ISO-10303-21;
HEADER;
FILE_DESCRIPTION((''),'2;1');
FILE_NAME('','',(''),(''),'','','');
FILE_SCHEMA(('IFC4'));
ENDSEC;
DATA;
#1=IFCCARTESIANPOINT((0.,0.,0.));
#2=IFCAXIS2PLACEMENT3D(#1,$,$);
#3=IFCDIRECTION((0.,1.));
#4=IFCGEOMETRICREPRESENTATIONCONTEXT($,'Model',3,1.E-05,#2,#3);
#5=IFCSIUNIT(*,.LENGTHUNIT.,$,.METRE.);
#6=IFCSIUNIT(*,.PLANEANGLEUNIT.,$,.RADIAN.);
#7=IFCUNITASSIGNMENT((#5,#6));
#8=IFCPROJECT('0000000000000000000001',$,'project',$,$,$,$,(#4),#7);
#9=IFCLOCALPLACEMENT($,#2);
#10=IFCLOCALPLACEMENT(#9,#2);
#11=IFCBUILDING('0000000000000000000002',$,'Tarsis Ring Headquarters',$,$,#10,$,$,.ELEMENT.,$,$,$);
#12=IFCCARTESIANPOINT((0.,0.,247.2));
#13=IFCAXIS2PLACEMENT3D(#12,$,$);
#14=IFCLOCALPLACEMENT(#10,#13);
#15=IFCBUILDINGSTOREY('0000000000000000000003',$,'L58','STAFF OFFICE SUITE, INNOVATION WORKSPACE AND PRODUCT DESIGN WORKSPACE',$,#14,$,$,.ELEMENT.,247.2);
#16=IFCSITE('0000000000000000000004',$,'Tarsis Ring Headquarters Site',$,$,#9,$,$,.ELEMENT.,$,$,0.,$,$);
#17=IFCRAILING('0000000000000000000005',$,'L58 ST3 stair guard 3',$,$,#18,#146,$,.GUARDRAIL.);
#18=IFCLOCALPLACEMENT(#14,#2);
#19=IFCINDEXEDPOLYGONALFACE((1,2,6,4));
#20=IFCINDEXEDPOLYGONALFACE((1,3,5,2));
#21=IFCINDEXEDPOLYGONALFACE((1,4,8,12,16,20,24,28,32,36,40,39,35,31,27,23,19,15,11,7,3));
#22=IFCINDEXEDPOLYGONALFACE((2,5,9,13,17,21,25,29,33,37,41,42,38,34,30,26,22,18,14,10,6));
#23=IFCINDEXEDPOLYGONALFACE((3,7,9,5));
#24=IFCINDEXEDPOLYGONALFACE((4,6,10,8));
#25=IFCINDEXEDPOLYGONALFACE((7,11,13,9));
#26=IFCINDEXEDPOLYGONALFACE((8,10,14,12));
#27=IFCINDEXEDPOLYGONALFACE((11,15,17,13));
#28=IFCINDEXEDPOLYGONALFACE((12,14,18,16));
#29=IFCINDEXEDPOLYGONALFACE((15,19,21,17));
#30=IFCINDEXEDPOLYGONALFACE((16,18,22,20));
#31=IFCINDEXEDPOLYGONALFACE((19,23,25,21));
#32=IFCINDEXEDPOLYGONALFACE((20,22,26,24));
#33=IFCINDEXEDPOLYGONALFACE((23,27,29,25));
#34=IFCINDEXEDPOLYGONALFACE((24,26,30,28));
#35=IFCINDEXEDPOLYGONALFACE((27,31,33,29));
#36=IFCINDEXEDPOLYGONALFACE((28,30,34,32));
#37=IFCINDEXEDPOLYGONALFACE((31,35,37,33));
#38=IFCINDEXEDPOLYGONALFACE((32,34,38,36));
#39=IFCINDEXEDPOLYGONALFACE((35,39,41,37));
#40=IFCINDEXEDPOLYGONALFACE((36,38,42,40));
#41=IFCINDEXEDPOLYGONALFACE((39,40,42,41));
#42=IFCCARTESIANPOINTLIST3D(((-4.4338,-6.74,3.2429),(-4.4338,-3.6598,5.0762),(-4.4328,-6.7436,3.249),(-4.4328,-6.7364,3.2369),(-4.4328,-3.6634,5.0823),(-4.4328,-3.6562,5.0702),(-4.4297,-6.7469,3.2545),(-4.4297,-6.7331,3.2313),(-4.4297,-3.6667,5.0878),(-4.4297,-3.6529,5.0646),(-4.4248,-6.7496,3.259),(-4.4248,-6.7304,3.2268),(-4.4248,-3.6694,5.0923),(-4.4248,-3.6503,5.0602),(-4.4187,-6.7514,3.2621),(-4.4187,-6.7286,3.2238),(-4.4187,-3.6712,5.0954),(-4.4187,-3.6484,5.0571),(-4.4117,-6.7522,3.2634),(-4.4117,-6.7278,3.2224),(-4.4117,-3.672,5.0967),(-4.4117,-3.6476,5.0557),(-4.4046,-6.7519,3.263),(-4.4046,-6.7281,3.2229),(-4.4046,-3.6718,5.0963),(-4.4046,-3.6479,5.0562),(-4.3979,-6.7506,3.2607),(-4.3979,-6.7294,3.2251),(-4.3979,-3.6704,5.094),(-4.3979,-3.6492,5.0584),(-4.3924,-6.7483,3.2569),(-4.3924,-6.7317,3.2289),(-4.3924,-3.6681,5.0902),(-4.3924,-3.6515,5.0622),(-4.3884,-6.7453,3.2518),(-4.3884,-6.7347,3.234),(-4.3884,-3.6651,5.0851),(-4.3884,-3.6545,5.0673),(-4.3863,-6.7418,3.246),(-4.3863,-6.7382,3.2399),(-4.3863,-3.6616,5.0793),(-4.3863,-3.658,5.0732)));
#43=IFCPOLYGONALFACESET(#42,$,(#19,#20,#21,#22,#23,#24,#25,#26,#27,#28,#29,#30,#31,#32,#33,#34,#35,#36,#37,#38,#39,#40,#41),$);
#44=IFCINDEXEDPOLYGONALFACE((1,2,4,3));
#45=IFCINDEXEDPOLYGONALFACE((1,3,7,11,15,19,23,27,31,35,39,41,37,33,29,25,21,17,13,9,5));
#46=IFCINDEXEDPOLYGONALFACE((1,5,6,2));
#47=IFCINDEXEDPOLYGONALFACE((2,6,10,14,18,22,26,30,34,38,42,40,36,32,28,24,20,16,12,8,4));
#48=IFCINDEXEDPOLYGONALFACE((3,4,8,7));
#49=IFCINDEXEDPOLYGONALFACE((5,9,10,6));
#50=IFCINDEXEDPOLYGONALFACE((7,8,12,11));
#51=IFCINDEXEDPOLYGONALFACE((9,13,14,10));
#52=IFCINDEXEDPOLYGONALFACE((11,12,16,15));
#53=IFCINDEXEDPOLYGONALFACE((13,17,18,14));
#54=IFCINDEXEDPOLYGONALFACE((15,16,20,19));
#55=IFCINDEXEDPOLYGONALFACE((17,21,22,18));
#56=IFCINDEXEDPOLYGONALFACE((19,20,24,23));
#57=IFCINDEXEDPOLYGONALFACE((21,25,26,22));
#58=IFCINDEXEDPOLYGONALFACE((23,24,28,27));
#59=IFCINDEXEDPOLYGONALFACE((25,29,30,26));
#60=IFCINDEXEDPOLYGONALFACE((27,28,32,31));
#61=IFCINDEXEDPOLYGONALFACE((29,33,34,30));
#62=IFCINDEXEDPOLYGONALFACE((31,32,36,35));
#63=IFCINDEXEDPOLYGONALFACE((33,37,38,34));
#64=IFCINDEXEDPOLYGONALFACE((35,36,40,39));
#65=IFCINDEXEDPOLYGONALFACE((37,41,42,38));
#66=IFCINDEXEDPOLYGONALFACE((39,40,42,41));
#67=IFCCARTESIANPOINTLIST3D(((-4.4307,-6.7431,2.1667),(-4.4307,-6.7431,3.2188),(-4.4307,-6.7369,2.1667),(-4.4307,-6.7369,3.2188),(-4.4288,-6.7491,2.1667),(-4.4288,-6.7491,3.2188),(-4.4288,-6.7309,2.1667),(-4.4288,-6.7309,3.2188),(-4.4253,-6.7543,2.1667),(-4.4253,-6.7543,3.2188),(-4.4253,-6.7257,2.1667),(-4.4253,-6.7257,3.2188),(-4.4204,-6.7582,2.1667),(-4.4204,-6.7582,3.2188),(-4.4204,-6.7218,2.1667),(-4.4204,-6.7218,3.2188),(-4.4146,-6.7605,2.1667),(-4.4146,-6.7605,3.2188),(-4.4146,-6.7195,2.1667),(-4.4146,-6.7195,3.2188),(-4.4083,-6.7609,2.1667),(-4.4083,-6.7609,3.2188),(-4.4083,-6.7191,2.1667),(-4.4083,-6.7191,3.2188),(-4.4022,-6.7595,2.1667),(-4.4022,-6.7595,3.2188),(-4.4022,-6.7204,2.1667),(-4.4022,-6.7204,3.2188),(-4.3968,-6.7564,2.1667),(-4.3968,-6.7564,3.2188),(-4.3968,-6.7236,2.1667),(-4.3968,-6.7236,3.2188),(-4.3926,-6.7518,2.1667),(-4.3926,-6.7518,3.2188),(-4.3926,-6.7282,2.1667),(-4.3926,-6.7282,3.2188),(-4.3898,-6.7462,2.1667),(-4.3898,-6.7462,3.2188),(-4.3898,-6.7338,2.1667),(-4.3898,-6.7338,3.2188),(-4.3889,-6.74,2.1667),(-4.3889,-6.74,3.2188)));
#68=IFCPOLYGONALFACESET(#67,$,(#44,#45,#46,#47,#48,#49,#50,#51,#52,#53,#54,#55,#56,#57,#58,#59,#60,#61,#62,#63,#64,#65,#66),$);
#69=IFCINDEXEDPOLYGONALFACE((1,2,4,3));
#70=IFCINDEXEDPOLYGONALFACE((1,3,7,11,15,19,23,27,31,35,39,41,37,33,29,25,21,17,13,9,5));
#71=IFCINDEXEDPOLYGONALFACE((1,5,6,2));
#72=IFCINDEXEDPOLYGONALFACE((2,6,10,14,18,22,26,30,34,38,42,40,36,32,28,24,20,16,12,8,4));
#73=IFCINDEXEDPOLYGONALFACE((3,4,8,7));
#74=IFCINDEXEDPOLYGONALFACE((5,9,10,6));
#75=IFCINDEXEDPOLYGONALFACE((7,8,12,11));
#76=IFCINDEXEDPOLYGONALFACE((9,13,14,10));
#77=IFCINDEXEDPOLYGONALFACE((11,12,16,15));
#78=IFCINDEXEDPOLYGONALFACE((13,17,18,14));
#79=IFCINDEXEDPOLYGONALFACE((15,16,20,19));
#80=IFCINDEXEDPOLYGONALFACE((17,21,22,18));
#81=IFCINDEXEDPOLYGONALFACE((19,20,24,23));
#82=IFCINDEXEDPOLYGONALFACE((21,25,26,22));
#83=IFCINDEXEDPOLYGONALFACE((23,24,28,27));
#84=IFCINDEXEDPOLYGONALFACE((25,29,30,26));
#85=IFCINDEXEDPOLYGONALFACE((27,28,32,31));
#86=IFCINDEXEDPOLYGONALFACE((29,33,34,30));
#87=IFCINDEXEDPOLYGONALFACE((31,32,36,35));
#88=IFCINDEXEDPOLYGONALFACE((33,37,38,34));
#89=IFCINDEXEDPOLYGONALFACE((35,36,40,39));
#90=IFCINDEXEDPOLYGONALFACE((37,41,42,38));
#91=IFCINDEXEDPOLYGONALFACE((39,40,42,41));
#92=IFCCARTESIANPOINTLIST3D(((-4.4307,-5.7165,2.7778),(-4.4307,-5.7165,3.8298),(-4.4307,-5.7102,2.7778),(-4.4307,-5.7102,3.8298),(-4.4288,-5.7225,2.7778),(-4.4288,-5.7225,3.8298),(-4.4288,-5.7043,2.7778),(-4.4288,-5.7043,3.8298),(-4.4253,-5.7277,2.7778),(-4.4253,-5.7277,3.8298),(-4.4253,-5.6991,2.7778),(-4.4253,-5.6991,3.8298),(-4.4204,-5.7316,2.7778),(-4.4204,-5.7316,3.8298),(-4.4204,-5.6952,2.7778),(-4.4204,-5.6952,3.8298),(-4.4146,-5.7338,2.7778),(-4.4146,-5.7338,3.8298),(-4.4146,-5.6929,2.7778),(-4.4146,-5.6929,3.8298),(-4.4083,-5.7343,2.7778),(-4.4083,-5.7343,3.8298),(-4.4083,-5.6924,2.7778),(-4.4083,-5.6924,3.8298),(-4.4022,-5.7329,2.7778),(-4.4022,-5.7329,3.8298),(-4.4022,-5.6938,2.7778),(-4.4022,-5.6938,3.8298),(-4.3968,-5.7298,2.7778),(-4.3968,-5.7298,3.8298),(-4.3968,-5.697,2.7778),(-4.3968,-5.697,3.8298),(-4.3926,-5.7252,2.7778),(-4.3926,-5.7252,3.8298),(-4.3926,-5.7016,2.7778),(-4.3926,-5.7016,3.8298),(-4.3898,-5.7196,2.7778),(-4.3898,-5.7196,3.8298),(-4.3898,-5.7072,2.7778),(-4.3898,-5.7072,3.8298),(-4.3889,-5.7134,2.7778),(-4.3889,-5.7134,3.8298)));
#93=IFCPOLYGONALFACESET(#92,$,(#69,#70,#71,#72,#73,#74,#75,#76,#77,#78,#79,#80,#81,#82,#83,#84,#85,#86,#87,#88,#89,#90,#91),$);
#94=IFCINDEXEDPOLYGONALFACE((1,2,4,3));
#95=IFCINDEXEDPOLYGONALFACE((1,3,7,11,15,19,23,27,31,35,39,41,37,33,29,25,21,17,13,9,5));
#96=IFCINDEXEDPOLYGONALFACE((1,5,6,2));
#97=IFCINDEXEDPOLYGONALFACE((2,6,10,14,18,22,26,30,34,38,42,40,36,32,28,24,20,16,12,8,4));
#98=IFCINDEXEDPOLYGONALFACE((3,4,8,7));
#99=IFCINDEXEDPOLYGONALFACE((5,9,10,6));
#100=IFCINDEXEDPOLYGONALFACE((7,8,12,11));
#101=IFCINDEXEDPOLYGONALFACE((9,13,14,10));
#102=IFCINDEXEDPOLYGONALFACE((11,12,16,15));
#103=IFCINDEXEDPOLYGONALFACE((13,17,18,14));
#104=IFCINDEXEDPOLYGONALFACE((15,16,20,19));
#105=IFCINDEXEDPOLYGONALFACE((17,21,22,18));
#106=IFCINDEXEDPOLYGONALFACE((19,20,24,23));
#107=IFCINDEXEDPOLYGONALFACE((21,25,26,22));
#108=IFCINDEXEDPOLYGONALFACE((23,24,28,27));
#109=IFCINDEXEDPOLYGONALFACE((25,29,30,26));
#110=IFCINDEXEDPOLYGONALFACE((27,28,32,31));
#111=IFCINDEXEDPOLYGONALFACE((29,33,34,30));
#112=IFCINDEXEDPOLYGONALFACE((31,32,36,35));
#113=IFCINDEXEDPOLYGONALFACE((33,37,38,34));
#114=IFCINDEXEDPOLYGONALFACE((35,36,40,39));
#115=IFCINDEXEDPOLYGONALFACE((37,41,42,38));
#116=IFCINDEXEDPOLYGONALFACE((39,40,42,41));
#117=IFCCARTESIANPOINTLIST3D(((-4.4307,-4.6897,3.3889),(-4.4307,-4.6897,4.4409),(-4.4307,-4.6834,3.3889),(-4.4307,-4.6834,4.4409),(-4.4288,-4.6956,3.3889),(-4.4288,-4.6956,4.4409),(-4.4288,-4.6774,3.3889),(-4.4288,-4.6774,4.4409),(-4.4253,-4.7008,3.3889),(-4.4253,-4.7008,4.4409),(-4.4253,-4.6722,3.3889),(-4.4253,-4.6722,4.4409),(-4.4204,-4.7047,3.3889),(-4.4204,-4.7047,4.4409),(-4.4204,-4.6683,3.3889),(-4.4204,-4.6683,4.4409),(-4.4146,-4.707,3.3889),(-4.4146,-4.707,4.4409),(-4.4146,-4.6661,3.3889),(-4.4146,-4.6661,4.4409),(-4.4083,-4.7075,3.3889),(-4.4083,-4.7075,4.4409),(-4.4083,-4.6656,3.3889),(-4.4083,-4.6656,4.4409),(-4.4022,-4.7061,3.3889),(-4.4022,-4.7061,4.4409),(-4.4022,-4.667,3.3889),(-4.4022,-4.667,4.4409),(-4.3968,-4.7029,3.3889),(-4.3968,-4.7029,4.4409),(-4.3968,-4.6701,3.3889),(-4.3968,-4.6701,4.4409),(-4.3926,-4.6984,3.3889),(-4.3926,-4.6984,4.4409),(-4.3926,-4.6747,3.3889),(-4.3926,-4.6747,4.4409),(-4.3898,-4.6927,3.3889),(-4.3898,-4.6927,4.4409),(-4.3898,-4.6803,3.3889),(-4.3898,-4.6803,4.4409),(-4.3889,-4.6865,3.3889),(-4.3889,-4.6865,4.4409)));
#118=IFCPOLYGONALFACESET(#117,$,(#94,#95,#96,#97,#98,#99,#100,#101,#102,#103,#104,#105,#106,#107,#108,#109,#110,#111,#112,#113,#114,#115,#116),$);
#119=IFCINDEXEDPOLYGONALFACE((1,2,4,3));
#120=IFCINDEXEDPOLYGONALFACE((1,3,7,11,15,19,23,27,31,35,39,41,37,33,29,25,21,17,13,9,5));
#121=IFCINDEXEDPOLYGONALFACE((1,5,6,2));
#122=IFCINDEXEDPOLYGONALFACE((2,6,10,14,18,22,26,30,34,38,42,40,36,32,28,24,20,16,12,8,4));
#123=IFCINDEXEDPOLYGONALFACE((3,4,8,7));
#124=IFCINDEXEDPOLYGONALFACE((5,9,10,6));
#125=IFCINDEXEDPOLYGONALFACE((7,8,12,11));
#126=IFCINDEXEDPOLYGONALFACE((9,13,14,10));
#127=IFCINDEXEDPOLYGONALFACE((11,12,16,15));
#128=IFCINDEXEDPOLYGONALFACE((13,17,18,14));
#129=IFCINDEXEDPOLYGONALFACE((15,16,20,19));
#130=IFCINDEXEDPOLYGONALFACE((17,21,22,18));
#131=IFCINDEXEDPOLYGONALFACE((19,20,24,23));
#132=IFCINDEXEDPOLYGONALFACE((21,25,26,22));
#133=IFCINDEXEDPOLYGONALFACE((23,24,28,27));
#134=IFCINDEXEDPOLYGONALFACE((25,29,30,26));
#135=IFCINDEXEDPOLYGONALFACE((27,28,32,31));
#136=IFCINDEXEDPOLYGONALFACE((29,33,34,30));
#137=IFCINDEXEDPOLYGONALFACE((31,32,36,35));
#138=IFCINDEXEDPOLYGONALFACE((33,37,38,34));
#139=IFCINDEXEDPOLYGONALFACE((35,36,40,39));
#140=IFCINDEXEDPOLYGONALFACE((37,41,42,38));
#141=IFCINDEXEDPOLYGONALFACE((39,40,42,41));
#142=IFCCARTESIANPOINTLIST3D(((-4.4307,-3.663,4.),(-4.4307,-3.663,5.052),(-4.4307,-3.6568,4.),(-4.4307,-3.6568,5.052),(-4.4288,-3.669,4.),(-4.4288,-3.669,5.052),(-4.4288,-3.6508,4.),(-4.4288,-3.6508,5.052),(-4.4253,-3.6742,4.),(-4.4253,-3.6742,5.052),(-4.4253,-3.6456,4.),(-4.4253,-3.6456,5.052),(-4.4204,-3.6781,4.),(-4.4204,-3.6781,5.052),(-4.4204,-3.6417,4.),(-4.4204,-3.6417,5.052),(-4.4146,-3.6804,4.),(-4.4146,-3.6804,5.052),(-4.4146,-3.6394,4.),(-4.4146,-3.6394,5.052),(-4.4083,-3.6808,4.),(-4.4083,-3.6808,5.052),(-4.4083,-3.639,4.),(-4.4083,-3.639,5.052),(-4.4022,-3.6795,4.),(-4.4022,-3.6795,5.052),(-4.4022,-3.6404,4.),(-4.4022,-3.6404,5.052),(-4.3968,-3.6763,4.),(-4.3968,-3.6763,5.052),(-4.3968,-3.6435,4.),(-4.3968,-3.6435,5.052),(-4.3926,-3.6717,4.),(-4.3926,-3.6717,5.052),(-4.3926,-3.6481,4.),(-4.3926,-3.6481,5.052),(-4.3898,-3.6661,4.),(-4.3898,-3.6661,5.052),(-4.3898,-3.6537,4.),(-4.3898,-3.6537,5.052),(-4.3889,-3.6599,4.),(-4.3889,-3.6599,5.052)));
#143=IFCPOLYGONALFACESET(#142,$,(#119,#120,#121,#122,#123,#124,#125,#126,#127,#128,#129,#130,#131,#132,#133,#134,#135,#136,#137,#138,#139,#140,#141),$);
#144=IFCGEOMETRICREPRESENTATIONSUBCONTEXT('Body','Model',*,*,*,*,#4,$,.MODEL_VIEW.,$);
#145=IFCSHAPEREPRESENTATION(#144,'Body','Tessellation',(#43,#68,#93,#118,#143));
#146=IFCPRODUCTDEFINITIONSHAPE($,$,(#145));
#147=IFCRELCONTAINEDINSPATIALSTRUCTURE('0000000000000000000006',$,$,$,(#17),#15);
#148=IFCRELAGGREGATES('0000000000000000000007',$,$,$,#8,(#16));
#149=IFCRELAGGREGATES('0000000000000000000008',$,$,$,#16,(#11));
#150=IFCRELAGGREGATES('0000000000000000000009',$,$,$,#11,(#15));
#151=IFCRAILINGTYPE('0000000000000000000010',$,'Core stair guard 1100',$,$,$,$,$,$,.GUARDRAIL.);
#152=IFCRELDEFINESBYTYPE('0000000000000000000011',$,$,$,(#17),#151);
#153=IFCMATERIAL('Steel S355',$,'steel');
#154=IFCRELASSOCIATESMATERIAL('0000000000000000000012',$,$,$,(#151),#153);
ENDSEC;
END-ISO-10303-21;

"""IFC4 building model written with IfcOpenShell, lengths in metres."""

from ifc_helpers import new_model, si_unit, direction, frame, origin, origin_2d, place, context, subcontext, project, spatial, circle, extrude, material, type_object, element, save


model = new_model("IFC4")

# Units and contexts
model_context = context("Model", 3, precision=1e-05, world=origin(), true_north=direction((0.0, 1.0)))
body_context = subcontext(model_context, "Body", "Model", "MODEL_VIEW")
ifc_project = project(units=[si_unit("LENGTHUNIT", "METRE"), si_unit("PLANEANGLEUNIT", "RADIAN")], contexts=[model_context])

# Site, building, storey
site_placement = place(None, origin())
site = spatial("IfcSite", under=ifc_project, at=site_placement, Name="Tarsis Ring Headquarters Site", CompositionType="ELEMENT", RefElevation=0.0)
building_placement = place(site_placement, origin())
building = spatial("IfcBuilding", under=site, at=building_placement, Name="Tarsis Ring Headquarters", CompositionType="ELEMENT")
storey_placement = place(building_placement, frame((0.0, 0.0, 247.2)))
storey = spatial("IfcBuildingStorey", under=building, at=storey_placement, Name="L58", Description="STAFF OFFICE SUITE, INNOVATION WORKSPACE AND PRODUCT DESIGN WORKSPACE", CompositionType="ELEMENT", Elevation=247.2)

# Shared definitions
ifc_material_1 = material(Name="Steel S355", Category="steel")

# Railing
railing_type = type_object("IfcRailingType", Name="Core stair guard 1100", PredefinedType="GUARDRAIL", material=ifc_material_1)
railing_1_placement = place(storey_placement, frame((-4.4099, -6.74, 2.1667)))
element("IfcRailing", 1, at=railing_1_placement, inside=storey, type_object=railing_type, Name="L58 ST3 stair guard 3", PredefinedType="GUARDRAIL", context=body_context, shape_type="SweptSolid", body=[
    extrude(circle(Radius=0.0239, at=origin_2d()), frame((0.0, 0.0, 1.0762), z_axis=(0.0, 0.859309, 0.511458), x_axis=(-1.0, 0.0, 0.0)), (0.0, 0.0, 1.0), 3.5845),
    extrude(circle(Radius=0.021, at=origin_2d()), origin(), (0.0, 0.0, 1.0), 1.052),
    extrude(circle(Radius=0.021, at=origin_2d()), frame((0.0, 1.0266, 0.6111)), (0.0, 0.0, 1.0), 1.052),
    extrude(circle(Radius=0.021, at=origin_2d()), frame((0.0, 2.0535, 1.2222)), (0.0, 0.0, 1.0), 1.052),
    extrude(circle(Radius=0.021, at=origin_2d()), frame((0.0, 3.0801, 1.8333)), (0.0, 0.0, 1.0), 1.052),
])

save(model, "model.ifc")
